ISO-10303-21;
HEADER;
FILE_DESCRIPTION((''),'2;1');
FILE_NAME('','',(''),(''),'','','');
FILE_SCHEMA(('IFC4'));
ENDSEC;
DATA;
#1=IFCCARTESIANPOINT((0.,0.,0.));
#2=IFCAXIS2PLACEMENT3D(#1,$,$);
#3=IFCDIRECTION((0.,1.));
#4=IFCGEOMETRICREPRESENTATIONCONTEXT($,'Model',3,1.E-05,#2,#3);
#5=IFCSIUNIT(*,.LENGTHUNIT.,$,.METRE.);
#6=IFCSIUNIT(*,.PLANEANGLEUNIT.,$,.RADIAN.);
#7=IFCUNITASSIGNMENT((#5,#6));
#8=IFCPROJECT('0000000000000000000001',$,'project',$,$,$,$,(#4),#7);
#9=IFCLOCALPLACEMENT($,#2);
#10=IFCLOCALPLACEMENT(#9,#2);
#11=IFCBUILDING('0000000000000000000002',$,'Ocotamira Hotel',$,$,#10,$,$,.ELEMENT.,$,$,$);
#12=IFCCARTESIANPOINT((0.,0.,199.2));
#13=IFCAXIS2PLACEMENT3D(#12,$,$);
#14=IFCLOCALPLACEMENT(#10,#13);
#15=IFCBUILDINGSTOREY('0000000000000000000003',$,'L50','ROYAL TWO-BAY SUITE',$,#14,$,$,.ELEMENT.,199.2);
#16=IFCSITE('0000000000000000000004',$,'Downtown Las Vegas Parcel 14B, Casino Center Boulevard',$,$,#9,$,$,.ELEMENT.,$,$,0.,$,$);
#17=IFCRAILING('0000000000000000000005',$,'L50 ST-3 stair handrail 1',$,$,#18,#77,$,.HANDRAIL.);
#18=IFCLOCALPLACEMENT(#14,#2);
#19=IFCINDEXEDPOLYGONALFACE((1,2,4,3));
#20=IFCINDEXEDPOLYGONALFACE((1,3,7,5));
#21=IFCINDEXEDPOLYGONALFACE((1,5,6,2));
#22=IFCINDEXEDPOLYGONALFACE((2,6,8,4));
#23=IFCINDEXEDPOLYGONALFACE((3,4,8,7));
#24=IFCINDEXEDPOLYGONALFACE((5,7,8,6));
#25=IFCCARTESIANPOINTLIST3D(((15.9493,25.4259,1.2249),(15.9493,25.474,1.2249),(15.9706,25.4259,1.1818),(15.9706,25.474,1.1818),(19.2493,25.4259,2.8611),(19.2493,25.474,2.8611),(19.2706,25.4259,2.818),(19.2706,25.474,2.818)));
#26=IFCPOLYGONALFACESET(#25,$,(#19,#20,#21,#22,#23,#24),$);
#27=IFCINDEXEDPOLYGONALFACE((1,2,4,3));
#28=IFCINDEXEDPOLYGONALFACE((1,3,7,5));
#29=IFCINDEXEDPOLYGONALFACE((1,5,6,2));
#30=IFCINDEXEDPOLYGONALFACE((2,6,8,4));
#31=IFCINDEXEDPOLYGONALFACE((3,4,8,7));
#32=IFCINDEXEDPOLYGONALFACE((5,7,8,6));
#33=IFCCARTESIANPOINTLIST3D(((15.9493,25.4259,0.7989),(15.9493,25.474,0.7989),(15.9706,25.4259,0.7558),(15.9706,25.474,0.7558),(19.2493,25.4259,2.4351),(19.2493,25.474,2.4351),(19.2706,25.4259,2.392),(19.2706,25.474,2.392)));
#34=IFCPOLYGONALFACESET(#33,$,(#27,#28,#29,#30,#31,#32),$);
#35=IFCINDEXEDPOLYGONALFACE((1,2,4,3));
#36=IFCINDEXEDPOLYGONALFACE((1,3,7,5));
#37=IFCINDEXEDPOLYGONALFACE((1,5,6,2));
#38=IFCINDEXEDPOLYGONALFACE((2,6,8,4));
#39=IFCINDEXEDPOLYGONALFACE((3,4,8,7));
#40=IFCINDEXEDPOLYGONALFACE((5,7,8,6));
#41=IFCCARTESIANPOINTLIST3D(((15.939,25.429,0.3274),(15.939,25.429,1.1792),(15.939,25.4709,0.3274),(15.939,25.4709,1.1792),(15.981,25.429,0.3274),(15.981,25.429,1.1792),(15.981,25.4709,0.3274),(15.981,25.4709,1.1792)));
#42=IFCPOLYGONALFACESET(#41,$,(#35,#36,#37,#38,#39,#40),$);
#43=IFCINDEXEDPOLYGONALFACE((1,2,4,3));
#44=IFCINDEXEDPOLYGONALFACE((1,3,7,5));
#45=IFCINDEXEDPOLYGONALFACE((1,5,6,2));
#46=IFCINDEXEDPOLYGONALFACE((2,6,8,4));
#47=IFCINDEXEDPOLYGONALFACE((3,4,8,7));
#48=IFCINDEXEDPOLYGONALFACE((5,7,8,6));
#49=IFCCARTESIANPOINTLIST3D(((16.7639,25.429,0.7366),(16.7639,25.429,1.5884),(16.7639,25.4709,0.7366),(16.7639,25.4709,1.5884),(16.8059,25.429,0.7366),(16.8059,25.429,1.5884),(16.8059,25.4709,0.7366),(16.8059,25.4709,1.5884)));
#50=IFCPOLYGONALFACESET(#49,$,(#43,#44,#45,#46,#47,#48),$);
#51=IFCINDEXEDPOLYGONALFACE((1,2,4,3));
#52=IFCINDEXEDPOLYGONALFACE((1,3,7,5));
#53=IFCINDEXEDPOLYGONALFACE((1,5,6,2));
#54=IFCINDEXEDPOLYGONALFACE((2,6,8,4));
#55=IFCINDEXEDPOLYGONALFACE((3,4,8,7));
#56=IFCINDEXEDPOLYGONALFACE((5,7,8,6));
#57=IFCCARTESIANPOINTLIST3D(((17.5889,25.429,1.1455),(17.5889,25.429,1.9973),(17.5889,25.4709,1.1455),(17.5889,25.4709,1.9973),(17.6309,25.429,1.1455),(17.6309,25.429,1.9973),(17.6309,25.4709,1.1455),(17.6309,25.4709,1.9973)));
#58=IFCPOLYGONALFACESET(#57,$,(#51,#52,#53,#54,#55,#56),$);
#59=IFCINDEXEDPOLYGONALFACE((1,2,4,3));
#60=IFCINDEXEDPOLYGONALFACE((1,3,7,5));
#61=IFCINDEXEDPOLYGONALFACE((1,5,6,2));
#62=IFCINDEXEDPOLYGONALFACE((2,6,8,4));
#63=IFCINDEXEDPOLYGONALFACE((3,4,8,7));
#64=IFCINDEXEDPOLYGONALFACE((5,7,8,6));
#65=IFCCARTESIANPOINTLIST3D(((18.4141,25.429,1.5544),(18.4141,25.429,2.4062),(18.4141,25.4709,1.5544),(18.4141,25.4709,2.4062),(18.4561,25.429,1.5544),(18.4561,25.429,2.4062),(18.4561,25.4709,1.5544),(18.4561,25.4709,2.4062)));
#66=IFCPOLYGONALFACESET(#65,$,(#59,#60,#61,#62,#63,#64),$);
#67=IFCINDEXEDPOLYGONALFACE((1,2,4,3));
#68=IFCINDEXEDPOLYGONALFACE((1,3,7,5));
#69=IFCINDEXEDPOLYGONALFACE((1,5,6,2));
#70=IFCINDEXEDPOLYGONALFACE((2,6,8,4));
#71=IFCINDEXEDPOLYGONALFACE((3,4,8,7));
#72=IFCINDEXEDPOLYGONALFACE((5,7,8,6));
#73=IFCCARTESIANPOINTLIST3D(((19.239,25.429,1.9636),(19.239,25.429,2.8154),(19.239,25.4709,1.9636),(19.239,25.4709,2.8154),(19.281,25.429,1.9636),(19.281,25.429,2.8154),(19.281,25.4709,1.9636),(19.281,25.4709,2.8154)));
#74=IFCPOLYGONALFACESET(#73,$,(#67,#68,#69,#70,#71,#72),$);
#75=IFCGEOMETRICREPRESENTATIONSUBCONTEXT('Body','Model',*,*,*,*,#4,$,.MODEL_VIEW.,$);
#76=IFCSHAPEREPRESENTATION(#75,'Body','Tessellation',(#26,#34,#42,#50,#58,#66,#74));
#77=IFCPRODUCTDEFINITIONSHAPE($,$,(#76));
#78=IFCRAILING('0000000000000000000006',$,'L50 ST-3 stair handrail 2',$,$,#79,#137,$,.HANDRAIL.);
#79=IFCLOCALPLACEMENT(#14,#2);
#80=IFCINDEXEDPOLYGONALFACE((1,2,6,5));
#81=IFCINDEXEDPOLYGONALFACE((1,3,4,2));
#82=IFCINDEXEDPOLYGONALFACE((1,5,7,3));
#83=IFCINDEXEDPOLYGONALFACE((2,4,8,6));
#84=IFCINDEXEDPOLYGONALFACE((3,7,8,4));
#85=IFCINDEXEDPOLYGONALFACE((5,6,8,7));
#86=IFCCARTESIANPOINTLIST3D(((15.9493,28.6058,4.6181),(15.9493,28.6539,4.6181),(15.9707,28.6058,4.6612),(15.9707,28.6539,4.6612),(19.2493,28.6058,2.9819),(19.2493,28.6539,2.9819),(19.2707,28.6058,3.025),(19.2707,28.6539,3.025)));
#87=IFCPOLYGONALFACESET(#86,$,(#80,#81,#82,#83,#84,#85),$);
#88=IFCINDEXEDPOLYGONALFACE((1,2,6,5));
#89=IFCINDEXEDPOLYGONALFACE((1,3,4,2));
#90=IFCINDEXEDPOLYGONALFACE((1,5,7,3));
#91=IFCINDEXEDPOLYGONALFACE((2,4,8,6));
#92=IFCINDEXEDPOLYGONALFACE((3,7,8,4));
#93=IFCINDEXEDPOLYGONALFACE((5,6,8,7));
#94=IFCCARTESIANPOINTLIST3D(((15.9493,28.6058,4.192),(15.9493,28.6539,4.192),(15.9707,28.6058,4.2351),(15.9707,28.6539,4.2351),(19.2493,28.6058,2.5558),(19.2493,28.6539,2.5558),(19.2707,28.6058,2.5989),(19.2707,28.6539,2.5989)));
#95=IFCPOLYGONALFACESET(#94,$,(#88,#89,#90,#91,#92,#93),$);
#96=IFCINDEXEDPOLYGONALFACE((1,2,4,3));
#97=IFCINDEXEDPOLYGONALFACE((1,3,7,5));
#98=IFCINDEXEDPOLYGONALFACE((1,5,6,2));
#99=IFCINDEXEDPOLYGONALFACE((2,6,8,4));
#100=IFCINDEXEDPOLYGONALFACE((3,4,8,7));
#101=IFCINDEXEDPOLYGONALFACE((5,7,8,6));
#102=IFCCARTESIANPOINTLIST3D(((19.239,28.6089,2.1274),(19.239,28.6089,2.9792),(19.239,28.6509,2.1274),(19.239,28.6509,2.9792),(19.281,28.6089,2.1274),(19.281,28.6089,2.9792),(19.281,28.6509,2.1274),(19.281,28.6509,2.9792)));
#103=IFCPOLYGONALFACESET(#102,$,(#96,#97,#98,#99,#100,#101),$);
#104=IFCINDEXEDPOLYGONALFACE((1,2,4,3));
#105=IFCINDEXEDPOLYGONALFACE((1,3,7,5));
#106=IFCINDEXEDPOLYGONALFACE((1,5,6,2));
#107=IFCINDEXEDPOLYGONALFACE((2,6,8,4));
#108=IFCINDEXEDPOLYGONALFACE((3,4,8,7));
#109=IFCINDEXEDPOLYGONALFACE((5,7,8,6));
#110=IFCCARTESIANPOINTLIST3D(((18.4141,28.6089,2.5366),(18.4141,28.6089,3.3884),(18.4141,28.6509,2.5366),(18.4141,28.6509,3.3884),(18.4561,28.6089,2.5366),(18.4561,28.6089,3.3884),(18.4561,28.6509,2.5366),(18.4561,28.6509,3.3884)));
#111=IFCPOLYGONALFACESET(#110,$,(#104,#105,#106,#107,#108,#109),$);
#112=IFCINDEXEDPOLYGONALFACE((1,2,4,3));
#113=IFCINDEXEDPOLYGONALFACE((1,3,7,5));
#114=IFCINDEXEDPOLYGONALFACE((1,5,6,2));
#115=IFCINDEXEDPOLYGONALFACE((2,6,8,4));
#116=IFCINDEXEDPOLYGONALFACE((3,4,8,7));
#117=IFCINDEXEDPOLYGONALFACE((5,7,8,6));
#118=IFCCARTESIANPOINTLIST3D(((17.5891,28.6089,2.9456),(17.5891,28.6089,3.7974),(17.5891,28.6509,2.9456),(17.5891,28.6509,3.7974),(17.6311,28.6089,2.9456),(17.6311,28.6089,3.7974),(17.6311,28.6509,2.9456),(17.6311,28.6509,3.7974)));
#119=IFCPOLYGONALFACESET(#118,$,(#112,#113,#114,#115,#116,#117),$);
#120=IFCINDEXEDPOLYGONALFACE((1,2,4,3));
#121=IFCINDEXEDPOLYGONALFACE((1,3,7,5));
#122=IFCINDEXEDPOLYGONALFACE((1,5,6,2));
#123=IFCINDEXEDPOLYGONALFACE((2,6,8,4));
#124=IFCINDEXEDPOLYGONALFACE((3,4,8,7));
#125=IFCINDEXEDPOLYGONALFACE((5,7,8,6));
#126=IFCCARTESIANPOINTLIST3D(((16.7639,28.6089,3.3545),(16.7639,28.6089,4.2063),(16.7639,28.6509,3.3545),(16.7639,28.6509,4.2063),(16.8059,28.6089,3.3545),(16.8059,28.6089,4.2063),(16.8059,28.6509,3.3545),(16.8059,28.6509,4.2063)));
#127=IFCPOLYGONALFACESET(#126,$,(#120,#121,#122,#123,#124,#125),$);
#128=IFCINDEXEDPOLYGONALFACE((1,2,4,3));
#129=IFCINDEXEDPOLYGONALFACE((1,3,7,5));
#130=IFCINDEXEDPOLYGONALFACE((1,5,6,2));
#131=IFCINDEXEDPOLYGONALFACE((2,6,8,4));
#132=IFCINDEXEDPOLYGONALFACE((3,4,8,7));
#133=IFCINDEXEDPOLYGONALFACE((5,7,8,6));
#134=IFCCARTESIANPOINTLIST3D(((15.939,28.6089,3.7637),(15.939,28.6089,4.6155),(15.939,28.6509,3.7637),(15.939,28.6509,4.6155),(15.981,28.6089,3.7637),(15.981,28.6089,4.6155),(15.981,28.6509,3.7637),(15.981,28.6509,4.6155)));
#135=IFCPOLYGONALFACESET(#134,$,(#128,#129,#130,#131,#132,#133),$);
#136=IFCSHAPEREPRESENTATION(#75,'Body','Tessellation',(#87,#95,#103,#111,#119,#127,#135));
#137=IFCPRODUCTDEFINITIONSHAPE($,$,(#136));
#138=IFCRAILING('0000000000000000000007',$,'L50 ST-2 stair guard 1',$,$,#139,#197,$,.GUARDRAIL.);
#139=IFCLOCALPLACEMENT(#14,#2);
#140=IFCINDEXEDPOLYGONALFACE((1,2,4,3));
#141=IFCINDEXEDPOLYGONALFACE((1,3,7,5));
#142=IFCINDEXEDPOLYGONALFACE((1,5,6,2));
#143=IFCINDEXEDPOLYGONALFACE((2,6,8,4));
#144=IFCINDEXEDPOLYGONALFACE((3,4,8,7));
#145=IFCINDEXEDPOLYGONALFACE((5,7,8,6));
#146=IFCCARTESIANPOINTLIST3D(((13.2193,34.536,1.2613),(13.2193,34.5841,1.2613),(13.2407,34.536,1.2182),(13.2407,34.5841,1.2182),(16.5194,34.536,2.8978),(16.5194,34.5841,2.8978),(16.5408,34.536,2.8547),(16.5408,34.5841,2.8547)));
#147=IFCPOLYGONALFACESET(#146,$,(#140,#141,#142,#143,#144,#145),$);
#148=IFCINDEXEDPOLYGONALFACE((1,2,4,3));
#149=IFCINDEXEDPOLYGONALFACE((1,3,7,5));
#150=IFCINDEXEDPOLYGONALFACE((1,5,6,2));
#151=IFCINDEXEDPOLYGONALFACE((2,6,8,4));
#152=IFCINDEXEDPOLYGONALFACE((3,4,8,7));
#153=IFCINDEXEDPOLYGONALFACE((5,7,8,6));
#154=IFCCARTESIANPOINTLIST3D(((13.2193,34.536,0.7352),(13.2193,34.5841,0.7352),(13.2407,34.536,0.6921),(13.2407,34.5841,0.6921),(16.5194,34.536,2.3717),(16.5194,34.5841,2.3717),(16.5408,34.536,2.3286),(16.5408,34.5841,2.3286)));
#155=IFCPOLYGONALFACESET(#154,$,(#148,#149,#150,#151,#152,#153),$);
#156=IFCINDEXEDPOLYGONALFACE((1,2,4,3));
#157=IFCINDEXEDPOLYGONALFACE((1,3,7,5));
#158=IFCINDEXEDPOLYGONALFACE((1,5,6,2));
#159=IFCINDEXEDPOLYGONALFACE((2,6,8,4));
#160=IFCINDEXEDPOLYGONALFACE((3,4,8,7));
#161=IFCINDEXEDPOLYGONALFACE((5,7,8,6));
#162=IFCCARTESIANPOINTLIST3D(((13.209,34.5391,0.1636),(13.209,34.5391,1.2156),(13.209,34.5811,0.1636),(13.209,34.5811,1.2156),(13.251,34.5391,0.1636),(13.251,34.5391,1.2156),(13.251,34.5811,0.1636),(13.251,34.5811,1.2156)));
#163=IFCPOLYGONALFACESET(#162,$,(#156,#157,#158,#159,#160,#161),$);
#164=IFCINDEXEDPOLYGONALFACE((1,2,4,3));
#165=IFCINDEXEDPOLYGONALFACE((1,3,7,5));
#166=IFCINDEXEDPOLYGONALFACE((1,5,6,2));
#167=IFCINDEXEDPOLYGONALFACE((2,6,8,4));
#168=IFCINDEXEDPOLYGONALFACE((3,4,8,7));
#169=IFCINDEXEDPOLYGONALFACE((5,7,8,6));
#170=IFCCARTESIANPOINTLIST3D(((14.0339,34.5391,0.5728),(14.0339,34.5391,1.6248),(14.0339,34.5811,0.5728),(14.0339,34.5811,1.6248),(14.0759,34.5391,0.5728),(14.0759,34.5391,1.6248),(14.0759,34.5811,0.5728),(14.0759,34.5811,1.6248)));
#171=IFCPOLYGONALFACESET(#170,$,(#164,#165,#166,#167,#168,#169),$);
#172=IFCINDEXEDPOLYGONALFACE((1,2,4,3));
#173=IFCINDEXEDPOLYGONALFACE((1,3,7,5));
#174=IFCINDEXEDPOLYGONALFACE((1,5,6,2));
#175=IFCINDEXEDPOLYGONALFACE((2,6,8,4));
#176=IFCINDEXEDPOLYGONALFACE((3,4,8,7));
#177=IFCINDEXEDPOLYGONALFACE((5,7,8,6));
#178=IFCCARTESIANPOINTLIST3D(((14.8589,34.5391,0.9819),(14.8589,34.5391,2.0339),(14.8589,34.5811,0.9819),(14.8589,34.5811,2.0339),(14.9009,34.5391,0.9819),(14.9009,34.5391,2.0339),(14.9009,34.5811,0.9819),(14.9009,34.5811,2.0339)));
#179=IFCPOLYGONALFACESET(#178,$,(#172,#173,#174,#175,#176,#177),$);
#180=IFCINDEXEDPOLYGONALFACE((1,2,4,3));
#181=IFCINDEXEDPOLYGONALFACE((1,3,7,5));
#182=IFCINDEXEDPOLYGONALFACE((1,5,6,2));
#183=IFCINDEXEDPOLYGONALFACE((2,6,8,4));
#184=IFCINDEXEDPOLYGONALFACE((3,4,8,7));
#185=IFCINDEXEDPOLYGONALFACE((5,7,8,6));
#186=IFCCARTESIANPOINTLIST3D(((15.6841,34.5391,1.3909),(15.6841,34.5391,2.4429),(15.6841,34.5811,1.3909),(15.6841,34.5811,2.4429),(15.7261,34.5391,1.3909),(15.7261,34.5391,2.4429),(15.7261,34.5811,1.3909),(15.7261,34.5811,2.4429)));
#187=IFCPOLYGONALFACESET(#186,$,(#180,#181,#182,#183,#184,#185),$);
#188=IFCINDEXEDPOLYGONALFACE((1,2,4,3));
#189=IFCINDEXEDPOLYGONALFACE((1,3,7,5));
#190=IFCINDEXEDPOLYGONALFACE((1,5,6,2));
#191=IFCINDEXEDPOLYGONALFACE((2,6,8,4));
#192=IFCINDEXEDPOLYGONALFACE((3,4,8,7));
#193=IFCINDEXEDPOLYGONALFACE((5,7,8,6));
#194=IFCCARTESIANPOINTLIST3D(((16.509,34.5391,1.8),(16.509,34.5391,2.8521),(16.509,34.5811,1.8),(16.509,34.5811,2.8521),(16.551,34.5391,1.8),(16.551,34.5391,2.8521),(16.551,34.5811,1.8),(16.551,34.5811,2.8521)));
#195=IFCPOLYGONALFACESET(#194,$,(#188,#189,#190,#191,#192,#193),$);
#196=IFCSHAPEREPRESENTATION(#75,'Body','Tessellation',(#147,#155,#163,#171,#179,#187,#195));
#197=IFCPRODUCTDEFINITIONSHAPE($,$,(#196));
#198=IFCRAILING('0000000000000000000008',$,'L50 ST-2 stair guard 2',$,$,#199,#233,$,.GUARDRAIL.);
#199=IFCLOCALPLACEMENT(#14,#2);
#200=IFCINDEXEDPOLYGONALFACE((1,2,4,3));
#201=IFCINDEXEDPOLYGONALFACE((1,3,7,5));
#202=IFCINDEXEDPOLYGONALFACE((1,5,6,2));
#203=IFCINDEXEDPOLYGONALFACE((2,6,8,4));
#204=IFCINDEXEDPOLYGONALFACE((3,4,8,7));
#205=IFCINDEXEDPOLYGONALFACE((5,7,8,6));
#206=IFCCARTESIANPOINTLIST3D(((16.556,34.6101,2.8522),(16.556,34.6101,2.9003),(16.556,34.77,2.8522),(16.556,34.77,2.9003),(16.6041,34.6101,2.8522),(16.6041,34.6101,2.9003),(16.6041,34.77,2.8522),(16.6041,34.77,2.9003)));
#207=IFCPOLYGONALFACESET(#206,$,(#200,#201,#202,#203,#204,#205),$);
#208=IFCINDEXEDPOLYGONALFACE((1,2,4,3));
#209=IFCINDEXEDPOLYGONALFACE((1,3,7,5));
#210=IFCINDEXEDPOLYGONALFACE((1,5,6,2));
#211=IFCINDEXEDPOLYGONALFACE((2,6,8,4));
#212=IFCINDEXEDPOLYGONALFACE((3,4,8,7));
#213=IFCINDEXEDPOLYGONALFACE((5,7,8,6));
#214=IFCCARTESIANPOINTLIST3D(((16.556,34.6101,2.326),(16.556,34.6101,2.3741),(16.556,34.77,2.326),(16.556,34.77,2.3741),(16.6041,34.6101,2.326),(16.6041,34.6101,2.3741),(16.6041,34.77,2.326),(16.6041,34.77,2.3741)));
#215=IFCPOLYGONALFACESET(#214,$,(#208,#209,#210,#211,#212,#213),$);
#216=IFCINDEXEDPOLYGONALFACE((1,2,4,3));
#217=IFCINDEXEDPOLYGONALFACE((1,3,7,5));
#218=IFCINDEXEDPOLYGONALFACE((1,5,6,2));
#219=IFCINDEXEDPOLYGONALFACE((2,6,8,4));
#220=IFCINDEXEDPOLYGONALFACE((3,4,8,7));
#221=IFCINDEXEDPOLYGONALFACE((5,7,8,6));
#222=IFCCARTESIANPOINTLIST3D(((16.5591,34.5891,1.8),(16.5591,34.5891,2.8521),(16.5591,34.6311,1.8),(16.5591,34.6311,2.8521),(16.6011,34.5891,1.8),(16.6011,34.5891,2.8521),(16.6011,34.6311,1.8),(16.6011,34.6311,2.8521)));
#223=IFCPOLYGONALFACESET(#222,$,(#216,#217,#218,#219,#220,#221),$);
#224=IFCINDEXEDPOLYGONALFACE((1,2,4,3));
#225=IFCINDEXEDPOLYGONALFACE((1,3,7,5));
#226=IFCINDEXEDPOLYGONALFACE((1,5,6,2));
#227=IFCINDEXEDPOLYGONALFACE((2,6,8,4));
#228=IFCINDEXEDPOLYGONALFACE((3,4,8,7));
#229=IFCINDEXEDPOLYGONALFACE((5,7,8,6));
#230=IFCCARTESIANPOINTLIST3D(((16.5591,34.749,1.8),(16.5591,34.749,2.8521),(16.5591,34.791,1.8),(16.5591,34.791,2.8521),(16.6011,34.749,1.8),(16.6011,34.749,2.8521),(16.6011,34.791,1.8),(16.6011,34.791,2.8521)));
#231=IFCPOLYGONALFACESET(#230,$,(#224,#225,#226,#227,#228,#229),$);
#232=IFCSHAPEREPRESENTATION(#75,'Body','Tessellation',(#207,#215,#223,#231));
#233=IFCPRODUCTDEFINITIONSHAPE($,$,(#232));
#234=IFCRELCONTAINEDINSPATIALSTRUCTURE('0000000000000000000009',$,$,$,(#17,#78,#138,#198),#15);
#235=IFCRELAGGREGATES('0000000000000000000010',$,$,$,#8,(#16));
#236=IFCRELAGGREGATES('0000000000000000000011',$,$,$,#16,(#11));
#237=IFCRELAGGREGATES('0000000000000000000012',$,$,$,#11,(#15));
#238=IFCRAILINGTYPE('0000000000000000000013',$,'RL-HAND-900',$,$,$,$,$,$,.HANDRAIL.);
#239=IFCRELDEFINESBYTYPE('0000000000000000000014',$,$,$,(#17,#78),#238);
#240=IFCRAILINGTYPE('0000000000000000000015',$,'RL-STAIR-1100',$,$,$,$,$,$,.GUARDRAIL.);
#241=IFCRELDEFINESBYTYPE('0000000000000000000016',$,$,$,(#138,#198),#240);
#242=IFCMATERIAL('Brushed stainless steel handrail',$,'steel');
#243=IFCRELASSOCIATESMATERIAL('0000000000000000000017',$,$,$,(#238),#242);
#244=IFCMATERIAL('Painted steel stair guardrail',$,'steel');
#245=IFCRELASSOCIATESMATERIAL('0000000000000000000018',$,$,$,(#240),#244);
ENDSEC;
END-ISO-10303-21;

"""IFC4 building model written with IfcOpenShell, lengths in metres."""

from ifc_helpers import new_model, si_unit, direction, frame, origin, origin_2d, place, context, subcontext, project, spatial, rectangle, extrude, material, type_object, element, save


model = new_model("IFC4")

# Units and contexts
model_context = context("Model", 3, precision=1e-05, world=origin(), true_north=direction((0.0, 1.0)))
body_context = subcontext(model_context, "Body", "Model", "MODEL_VIEW")
ifc_project = project(units=[si_unit("LENGTHUNIT", "METRE"), si_unit("PLANEANGLEUNIT", "RADIAN")], contexts=[model_context])

# Site, building, storey
site_placement = place(None, origin())
site = spatial("IfcSite", under=ifc_project, at=site_placement, Name="Downtown Las Vegas Parcel 14B, Casino Center Boulevard", CompositionType="ELEMENT", RefElevation=0.0)
building_placement = place(site_placement, origin())
building = spatial("IfcBuilding", under=site, at=building_placement, Name="Ocotamira Hotel", CompositionType="ELEMENT")
storey_placement = place(building_placement, frame((0.0, 0.0, 199.2)))
storey = spatial("IfcBuildingStorey", under=building, at=storey_placement, Name="L50", Description="ROYAL TWO-BAY SUITE", CompositionType="ELEMENT", Elevation=199.2)

# Railings
ifc_material_1 = material(Name="Brushed stainless steel handrail", Category="steel")
railing_type_1 = type_object("IfcRailingType", Name="RL-HAND-900", PredefinedType="HANDRAIL", material=ifc_material_1)
for number, where, name in (
    (1, (15.96, 25.45, 0.3274), "L50 ST-3 stair handrail 1"),
):
    element("IfcRailing", number, at=place(storey_placement, frame(where)), inside=storey, type_object=railing_type_1, Name=name, PredefinedType="HANDRAIL", context=body_context, shape_type="SweptSolid", body=[
        extrude(rectangle(XDim=0.0481, YDim=0.0481, at=origin_2d()), frame((0.0, 0.0, 0.876), z_axis=(0.89592, 0.0, 0.444215), x_axis=(0.0, 1.0, 0.0)), (0.0, 0.0, 1.0), 3.6833),
        extrude(rectangle(XDim=0.0481, YDim=0.0481, at=origin_2d()), frame((0.0, 0.0, 0.45), z_axis=(0.89592, 0.0, 0.444215), x_axis=(0.0, 1.0, 0.0)), (0.0, 0.0, 1.0), 3.6833),
        extrude(rectangle(XDim=0.042, YDim=0.042, at=origin_2d()), origin(), (0.0, 0.0, 1.0), 0.8518),
        extrude(rectangle(XDim=0.042, YDim=0.042, at=origin_2d()), frame((0.825, 0.0, 0.4092)), (0.0, 0.0, 1.0), 0.8518),
        extrude(rectangle(XDim=0.042, YDim=0.042, at=origin_2d()), frame((1.6499, 0.0, 0.8181)), (0.0, 0.0, 1.0), 0.8518),
        extrude(rectangle(XDim=0.042, YDim=0.042, at=origin_2d()), frame((2.4751, 0.0, 1.2271)), (0.0, 0.0, 1.0), 0.8518),
        extrude(rectangle(XDim=0.042, YDim=0.042, at=origin_2d()), frame((3.3, 0.0, 1.6362)), (0.0, 0.0, 1.0), 0.8518),
    ])
railing_1_placement = place(storey_placement, frame((19.26, 28.6299, 2.1274)))
element("IfcRailing", 2, at=railing_1_placement, inside=storey, type_object=railing_type_1, Name="L50 ST-3 stair handrail 2", PredefinedType="HANDRAIL", context=body_context, shape_type="SweptSolid", body=[
    extrude(rectangle(XDim=0.0481, YDim=0.0481, at=origin_2d()), frame((0.0, 0.0, 0.876), z_axis=(-0.89592, 0.0, 0.444215), x_axis=(0.0, -1.0, 0.0)), (0.0, 0.0, 1.0), 3.6833),
    extrude(rectangle(XDim=0.0481, YDim=0.0481, at=origin_2d()), frame((0.0, 0.0, 0.45), z_axis=(-0.89592, 0.0, 0.444215), x_axis=(0.0, -1.0, 0.0)), (0.0, 0.0, 1.0), 3.6833),
    extrude(rectangle(XDim=0.042, YDim=0.042, at=origin_2d()), origin(), (0.0, 0.0, 1.0), 0.8518),
    extrude(rectangle(XDim=0.042, YDim=0.042, at=origin_2d()), frame((-0.825, 0.0, 0.4092)), (0.0, 0.0, 1.0), 0.8518),
    extrude(rectangle(XDim=0.042, YDim=0.042, at=origin_2d()), frame((-1.6499, 0.0, 0.8181)), (0.0, 0.0, 1.0), 0.8518),
    extrude(rectangle(XDim=0.042, YDim=0.042, at=origin_2d()), frame((-2.4751, 0.0, 1.2271)), (0.0, 0.0, 1.0), 0.8518),
    extrude(rectangle(XDim=0.042, YDim=0.042, at=origin_2d()), frame((-3.3, 0.0, 1.6362)), (0.0, 0.0, 1.0), 0.8518),
])
ifc_material_2 = material(Name="Painted steel stair guardrail", Category="steel")
railing_type_2 = type_object("IfcRailingType", Name="RL-STAIR-1100", PredefinedType="GUARDRAIL", material=ifc_material_2)
railing_2_placement = place(storey_placement, frame((13.23, 34.5601, 0.1636)))
element("IfcRailing", 3, at=railing_2_placement, inside=storey, type_object=railing_type_2, Name="L50 ST-2 stair guard 1", PredefinedType="GUARDRAIL", context=body_context, shape_type="SweptSolid", body=[
    extrude(rectangle(XDim=0.0481, YDim=0.0481, at=origin_2d()), frame((0.0, 0.0, 1.0762), z_axis=(0.895894, 0.0, 0.444268), x_axis=(0.0, 1.0, 0.0)), (0.0, 0.0, 1.0), 3.6836),
    extrude(rectangle(XDim=0.0481, YDim=0.0481, at=origin_2d()), frame((0.0, 0.0, 0.55), z_axis=(0.895894, 0.0, 0.444268), x_axis=(0.0, 1.0, 0.0)), (0.0, 0.0, 1.0), 3.6836),
    extrude(rectangle(XDim=0.042, YDim=0.042, at=origin_2d()), origin(), (0.0, 0.0, 1.0), 1.052),
    extrude(rectangle(XDim=0.042, YDim=0.042, at=origin_2d()), frame((0.825, 0.0, 0.4092)), (0.0, 0.0, 1.0), 1.052),
    extrude(rectangle(XDim=0.042, YDim=0.042, at=origin_2d()), frame((1.6499, 0.0, 0.8184)), (0.0, 0.0, 1.0), 1.052),
    extrude(rectangle(XDim=0.042, YDim=0.042, at=origin_2d()), frame((2.4751, 0.0, 1.2273)), (0.0, 0.0, 1.0), 1.052),
    extrude(rectangle(XDim=0.042, YDim=0.042, at=origin_2d()), frame((3.3, 0.0, 1.6365)), (0.0, 0.0, 1.0), 1.052),
])
railing_3_placement = place(storey_placement, frame((16.5801, 34.6101, 1.8)))
element("IfcRailing", 4, at=railing_3_placement, inside=storey, type_object=railing_type_2, Name="L50 ST-2 stair guard 2", PredefinedType="GUARDRAIL", context=body_context, shape_type="SweptSolid", body=[
    extrude(rectangle(XDim=0.0481, YDim=0.0481, at=origin_2d()), frame((0.0, 0.0, 1.0762), z_axis=(0.0, 1.0, 0.0), x_axis=(-1.0, 0.0, 0.0)), (0.0, 0.0, 1.0), 0.1599),
    extrude(rectangle(XDim=0.0481, YDim=0.0481, at=origin_2d()), frame((0.0, 0.0, 0.55), z_axis=(0.0, 1.0, 0.0), x_axis=(-1.0, 0.0, 0.0)), (0.0, 0.0, 1.0), 0.1599),
    extrude(rectangle(XDim=0.042, YDim=0.042, at=origin_2d()), origin(), (0.0, 0.0, 1.0), 1.052),
    extrude(rectangle(XDim=0.042, YDim=0.042, at=origin_2d()), frame((0.0, 0.1599, 0.0)), (0.0, 0.0, 1.0), 1.052),
])

save(model, "model.ifc")
